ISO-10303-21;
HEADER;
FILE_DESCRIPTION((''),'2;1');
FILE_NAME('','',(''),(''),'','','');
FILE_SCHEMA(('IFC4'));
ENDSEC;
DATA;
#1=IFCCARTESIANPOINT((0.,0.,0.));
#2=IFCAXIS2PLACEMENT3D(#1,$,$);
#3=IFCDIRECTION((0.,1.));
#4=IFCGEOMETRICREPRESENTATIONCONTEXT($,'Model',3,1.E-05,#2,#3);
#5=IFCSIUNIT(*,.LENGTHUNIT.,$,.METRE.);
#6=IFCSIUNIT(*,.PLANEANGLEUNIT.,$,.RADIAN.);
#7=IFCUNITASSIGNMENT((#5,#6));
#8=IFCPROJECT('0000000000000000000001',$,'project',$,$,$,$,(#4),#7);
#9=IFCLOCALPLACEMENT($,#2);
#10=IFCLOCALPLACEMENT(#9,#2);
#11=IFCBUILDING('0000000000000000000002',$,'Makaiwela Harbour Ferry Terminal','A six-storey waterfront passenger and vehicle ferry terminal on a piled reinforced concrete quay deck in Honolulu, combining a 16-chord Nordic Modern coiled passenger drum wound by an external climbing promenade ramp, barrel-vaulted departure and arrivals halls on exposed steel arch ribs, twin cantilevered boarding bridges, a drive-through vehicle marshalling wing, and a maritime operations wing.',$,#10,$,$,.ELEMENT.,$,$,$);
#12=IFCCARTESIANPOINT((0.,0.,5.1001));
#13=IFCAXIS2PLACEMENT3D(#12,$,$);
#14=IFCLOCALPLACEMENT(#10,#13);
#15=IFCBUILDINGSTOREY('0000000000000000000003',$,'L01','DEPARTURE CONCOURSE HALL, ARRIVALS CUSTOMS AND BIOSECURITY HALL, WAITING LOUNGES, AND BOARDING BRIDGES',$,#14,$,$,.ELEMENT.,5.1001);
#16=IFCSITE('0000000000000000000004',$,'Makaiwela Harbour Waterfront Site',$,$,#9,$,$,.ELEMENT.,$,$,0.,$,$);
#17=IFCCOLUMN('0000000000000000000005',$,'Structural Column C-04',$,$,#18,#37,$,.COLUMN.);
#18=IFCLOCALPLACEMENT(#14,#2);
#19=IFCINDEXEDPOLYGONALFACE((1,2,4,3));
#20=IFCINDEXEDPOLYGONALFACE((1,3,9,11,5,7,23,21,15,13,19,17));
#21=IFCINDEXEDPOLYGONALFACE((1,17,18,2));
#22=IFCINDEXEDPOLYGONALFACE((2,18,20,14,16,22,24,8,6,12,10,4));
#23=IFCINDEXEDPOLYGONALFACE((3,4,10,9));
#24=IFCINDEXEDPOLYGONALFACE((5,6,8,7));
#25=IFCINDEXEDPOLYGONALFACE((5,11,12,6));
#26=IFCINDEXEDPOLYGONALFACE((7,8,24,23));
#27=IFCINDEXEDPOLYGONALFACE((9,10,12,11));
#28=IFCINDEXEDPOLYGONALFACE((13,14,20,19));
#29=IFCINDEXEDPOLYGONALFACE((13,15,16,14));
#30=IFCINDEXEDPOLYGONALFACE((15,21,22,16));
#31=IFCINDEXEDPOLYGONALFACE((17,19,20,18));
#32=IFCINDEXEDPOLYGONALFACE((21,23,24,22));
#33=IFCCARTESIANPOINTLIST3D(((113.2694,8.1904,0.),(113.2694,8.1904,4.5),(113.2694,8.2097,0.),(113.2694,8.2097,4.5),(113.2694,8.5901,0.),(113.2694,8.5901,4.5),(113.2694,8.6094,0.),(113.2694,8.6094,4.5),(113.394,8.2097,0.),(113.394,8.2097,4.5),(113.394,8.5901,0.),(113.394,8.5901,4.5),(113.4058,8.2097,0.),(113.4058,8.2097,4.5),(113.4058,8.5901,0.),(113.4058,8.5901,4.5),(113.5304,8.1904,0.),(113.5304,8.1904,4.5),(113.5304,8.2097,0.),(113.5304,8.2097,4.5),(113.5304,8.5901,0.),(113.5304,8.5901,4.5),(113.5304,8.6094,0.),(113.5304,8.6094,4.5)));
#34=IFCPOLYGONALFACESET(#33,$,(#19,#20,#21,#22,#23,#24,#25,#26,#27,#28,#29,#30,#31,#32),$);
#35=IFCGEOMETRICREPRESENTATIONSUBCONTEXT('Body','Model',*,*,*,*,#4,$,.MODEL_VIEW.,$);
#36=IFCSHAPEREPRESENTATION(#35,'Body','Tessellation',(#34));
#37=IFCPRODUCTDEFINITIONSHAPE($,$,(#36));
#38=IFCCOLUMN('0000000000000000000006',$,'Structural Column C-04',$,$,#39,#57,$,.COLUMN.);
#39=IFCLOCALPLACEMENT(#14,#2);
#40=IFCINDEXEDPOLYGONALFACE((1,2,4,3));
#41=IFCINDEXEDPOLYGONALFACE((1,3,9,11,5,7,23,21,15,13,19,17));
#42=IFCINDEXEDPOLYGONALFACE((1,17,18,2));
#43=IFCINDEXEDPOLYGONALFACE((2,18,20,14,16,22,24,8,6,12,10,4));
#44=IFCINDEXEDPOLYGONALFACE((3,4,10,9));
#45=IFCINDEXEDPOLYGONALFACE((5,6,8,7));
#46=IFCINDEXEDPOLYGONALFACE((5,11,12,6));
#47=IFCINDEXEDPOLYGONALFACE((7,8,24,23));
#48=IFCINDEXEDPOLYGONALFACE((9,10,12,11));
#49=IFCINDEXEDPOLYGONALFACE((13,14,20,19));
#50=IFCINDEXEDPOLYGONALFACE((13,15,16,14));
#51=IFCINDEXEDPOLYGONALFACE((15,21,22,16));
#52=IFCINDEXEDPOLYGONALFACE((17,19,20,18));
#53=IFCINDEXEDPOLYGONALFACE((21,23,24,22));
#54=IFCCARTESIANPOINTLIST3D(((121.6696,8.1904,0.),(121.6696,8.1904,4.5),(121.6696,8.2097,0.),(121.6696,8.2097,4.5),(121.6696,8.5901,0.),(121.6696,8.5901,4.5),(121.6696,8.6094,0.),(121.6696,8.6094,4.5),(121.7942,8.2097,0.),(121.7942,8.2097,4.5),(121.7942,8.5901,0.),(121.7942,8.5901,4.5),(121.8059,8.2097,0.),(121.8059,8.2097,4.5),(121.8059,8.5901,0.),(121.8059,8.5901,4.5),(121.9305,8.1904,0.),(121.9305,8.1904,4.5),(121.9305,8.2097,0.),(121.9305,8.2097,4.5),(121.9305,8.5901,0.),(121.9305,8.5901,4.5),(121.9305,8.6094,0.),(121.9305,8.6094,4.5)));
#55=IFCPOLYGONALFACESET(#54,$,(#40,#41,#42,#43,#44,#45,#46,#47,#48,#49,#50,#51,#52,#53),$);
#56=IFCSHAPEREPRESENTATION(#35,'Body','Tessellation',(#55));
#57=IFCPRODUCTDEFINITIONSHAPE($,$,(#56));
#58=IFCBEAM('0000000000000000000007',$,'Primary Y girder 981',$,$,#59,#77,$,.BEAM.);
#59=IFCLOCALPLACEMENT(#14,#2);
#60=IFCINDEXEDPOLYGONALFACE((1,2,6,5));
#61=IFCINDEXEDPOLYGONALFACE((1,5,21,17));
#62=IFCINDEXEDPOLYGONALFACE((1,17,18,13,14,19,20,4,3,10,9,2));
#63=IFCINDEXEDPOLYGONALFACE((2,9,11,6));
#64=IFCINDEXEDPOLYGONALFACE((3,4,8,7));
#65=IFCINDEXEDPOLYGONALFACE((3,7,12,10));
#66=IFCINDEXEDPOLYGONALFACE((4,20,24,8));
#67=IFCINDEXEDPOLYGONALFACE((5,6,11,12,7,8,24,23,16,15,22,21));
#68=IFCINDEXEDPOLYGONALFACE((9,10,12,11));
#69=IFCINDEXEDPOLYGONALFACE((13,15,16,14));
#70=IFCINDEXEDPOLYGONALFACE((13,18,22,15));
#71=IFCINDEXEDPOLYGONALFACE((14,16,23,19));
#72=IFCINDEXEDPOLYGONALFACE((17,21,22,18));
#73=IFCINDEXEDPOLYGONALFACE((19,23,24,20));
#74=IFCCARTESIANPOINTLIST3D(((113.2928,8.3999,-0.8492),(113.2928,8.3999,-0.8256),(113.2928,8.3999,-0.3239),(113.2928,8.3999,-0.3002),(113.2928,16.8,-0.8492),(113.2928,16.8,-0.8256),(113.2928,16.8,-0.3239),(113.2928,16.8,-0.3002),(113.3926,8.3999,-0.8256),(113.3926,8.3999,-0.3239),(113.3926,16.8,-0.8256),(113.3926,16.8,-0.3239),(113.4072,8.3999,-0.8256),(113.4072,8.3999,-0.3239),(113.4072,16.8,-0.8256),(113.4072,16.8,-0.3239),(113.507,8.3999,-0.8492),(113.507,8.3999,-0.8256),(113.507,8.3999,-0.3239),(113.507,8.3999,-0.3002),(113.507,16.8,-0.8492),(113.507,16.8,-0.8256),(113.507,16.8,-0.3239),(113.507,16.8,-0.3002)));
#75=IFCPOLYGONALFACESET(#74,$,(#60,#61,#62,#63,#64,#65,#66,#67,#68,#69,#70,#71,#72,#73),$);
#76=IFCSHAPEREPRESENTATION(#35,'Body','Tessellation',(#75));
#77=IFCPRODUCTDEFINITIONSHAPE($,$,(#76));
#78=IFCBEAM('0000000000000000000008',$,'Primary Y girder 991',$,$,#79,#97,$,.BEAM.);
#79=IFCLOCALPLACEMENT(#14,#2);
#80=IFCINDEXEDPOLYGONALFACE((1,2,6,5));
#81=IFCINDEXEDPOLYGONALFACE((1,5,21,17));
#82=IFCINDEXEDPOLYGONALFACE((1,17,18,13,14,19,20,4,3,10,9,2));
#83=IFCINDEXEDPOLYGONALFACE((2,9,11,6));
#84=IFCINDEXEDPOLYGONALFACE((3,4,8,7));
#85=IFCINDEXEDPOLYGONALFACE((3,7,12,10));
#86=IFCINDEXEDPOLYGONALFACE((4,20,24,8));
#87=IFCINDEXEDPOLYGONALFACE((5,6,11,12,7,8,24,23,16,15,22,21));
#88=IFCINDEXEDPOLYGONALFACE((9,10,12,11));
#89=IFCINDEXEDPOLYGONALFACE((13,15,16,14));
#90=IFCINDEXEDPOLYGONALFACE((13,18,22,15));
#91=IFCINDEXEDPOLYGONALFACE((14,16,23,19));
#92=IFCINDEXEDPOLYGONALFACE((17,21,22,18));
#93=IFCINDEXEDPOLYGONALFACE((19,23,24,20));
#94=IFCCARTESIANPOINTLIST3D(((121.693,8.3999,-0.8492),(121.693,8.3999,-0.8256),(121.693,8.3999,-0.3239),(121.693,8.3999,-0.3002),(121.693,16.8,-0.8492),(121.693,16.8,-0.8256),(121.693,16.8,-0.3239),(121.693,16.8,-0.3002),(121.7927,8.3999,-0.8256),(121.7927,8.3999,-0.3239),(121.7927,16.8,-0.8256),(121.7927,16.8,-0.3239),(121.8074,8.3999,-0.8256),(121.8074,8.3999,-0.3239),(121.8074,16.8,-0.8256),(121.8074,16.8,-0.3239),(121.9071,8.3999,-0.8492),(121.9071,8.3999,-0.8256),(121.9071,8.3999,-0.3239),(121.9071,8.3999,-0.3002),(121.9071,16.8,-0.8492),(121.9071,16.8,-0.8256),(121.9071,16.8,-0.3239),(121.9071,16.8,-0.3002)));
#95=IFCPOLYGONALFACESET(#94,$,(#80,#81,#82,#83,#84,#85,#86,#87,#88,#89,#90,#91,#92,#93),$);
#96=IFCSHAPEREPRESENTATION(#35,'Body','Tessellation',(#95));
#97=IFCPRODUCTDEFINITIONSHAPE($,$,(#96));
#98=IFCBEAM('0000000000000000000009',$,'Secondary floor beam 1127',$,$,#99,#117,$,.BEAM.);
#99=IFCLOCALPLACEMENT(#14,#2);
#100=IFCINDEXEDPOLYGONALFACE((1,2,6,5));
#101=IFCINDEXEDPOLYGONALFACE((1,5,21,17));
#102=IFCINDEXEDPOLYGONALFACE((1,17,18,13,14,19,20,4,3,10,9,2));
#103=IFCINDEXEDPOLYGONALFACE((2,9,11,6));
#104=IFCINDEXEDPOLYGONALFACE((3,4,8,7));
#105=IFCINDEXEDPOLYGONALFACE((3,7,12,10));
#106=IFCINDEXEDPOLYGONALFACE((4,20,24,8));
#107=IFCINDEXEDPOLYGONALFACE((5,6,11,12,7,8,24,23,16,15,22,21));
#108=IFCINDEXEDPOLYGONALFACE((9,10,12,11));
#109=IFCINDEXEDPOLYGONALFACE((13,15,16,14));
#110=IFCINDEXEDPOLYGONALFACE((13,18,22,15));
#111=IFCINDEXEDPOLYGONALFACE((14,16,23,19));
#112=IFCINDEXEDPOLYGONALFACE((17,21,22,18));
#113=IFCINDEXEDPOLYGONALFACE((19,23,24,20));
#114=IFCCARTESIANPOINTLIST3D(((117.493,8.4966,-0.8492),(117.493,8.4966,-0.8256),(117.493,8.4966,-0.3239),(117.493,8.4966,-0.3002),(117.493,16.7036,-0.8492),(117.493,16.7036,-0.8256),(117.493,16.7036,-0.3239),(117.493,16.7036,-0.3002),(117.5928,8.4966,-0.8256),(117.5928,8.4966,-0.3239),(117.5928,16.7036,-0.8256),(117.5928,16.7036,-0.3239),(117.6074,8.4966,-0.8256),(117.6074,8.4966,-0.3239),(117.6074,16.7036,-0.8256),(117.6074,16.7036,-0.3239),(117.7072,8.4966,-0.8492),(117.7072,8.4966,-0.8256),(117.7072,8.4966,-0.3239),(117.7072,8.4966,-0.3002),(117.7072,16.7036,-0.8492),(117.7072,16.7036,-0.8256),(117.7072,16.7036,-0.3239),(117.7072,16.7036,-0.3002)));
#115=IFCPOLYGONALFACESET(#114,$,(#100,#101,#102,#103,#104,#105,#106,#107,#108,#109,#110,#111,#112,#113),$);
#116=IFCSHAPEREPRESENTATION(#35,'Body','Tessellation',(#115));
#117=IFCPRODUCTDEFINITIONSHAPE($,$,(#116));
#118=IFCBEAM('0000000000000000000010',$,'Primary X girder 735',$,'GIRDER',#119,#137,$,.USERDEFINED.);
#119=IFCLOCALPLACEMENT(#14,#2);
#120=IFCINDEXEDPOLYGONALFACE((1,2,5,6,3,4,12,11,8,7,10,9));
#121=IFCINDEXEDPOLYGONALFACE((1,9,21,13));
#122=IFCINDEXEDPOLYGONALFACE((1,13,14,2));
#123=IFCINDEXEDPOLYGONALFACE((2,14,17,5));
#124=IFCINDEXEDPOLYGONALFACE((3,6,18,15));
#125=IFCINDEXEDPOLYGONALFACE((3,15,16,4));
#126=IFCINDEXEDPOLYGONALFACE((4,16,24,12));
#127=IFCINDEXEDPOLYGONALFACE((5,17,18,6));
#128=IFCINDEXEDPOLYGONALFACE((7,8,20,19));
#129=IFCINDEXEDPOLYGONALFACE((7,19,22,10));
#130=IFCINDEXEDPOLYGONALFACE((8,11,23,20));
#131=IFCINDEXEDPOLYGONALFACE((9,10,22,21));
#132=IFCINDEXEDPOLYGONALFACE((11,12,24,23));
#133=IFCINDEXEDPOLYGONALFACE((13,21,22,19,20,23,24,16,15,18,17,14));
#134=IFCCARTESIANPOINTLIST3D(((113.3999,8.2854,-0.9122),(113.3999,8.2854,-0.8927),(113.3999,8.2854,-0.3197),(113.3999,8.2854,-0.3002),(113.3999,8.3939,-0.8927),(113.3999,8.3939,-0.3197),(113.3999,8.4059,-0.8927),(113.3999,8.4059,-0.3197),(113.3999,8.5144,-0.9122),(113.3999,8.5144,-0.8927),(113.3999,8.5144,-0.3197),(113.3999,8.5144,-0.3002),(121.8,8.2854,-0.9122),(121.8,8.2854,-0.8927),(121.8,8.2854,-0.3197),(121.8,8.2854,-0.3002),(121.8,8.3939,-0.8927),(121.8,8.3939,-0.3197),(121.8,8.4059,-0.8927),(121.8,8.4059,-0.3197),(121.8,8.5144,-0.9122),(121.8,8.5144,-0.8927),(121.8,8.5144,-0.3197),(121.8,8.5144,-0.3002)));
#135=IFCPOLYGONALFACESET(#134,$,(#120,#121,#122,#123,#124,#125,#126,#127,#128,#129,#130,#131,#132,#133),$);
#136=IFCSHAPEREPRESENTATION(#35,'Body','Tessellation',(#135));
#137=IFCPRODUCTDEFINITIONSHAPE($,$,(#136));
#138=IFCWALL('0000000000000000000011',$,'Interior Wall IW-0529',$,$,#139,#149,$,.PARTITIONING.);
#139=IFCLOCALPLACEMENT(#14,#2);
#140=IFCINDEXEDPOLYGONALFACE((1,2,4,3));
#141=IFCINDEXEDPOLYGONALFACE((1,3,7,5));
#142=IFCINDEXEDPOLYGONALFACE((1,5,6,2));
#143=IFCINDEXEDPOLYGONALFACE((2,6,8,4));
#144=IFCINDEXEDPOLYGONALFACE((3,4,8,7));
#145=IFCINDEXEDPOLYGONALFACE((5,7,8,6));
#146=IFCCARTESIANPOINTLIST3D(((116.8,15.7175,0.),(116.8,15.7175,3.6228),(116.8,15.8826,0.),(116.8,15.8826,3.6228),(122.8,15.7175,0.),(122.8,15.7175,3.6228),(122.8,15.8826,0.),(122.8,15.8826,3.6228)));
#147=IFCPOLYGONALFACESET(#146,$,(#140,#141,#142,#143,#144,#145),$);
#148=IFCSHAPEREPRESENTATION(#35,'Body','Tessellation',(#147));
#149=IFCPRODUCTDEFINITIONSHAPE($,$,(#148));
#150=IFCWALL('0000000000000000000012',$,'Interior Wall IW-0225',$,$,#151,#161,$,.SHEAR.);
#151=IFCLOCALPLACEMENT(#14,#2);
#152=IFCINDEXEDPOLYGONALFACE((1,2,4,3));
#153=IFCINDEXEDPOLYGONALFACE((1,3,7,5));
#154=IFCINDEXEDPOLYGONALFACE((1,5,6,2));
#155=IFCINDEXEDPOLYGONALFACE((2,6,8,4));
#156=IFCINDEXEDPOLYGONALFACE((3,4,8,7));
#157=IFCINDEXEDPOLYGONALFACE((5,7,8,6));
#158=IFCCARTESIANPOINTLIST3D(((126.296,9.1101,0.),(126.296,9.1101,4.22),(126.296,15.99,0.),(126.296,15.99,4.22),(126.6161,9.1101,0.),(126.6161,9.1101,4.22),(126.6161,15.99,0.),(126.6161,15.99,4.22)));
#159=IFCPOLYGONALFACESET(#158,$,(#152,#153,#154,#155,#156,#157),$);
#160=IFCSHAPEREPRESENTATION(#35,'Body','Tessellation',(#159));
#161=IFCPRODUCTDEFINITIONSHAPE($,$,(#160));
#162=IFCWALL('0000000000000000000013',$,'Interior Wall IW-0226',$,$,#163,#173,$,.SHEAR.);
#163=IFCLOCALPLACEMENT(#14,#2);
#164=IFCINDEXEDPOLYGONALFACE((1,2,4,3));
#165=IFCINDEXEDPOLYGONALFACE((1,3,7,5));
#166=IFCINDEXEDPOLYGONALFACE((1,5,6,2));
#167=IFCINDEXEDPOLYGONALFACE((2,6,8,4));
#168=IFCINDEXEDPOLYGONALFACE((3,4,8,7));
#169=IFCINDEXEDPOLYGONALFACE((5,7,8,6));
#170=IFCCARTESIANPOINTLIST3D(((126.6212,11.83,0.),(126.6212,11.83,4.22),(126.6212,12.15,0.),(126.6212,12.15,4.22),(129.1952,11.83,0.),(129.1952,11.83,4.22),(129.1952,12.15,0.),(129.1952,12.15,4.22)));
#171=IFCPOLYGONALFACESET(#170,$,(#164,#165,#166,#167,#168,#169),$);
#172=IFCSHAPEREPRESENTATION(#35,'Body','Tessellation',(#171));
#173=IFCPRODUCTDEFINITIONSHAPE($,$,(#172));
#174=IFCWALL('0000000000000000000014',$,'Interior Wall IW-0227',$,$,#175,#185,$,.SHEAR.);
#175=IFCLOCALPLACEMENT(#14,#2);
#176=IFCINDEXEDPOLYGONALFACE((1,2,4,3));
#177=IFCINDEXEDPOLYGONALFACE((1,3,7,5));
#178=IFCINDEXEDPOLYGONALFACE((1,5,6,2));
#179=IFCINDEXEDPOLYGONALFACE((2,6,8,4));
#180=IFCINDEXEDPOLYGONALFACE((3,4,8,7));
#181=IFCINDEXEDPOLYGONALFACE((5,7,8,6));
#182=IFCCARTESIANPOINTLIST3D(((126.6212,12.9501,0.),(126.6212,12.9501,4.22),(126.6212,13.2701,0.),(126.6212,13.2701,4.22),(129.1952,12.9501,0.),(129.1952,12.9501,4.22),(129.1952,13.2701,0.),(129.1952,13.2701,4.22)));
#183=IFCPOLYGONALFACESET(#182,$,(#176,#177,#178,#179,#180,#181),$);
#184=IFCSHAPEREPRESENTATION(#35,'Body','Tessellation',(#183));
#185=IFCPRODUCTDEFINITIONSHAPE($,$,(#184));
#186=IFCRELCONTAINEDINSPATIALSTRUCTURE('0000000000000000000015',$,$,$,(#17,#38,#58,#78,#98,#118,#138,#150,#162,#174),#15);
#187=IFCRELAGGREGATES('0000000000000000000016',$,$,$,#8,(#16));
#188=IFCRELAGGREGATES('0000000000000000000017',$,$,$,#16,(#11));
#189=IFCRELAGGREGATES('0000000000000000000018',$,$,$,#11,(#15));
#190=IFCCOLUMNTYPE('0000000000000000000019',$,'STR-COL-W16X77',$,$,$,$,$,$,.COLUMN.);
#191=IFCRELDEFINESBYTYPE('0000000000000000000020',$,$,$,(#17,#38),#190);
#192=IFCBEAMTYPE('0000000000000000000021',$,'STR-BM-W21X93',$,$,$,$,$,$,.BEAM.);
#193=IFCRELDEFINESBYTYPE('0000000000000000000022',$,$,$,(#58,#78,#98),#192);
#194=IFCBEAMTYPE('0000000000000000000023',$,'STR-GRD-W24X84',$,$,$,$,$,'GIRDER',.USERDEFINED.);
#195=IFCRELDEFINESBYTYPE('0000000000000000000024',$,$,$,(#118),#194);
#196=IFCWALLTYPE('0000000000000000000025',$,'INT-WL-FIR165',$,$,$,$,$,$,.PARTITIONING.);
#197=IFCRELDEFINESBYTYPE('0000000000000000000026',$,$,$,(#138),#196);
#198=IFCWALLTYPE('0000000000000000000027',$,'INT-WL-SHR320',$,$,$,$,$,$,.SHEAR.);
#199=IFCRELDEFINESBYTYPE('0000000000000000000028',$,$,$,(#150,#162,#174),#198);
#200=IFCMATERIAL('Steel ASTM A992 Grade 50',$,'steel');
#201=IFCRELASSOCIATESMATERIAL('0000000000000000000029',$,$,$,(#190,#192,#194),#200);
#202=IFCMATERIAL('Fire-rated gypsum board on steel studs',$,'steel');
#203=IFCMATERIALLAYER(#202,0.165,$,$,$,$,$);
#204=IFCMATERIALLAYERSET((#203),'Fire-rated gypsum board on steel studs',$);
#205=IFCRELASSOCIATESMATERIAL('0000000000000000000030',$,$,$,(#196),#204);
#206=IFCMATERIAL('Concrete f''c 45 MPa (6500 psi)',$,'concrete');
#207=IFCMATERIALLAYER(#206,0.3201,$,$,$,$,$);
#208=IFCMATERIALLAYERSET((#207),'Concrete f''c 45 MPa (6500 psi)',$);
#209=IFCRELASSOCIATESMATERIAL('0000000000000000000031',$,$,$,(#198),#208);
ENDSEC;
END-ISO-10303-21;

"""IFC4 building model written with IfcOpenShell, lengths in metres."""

from ifc_helpers import new_model, si_unit, direction, frame, frame_2d, origin, origin_2d, place, context, subcontext, project, spatial, rectangle, i_section, extrude, material, layer, layer_set, material_profile, profile_set, type_object, element, save


model = new_model("IFC4")

# Units and contexts
model_context = context("Model", 3, precision=1e-05, world=origin(), true_north=direction((0.0, 1.0)))
body_context = subcontext(model_context, "Body", "Model", "MODEL_VIEW")
ifc_project = project(units=[si_unit("LENGTHUNIT", "METRE"), si_unit("PLANEANGLEUNIT", "RADIAN")], contexts=[model_context])

# Site, building, storey
site_placement = place(None, origin())
site = spatial("IfcSite", under=ifc_project, at=site_placement, Name="Makaiwela Harbour Waterfront Site", CompositionType="ELEMENT", RefElevation=0.0)
building_placement = place(site_placement, origin())
building = spatial("IfcBuilding", under=site, at=building_placement, Name="Makaiwela Harbour Ferry Terminal", Description="A six-storey waterfront passenger and vehicle ferry terminal on a piled reinforced concrete quay deck in Honolulu, combining a 16-chord Nordic Modern coiled passenger drum wound by an external climbing promenade ramp, barrel-vaulted departure and arrivals halls on exposed steel arch ribs, twin cantilevered boarding bridges, a drive-through vehicle marshalling wing, and a maritime operations wing.", CompositionType="ELEMENT")
storey_placement = place(building_placement, frame((0.0, 0.0, 5.1001)))
storey = spatial("IfcBuildingStorey", under=building, at=storey_placement, Name="L01", Description="DEPARTURE CONCOURSE HALL, ARRIVALS CUSTOMS AND BIOSECURITY HALL, WAITING LOUNGES, AND BOARDING BRIDGES", CompositionType="ELEMENT", Elevation=5.1001)

# Columns
ifc_material_1 = material(Name="Steel ASTM A992 Grade 50", Category="steel")
ifc_material_profile_1 = material_profile(ifc_material_1, i_section(OverallWidth=0.261, OverallDepth=0.4189, WebThickness=0.0117, FlangeThickness=0.0193, at=origin_2d()), Name="W16X77")
ifc_profile_set_1 = profile_set([ifc_material_profile_1], Name="Steel ASTM A992 Grade 50")
column_type = type_object("IfcColumnType", Name="STR-COL-W16X77", PredefinedType="COLUMN", material=ifc_profile_set_1)
for number, where, z_axis, x_axis, name in (
    (1, (113.3999, 8.3999, 0.0), (0.0, 0.0, 1.0), (1.0, 0.0, 0.0), "Structural Column C-04"),
    (2, (121.8, 8.3999, 0.0), (0.0, 0.0, 1.0), (1.0, 0.0, 0.0), "Structural Column C-04"),
):
    element("IfcColumn", number, at=place(storey_placement, frame(where, z_axis=z_axis, x_axis=x_axis)), inside=storey, type_object=column_type, Name=name, PredefinedType="COLUMN", context=body_context, shape_type="SweptSolid", body=[
        extrude(i_section(OverallWidth=0.261, OverallDepth=0.4189, WebThickness=0.0117, FlangeThickness=0.0193, at=origin_2d()), origin(), (0.0, 0.0, 1.0), 4.5),
    ])

# Beams
ifc_material_profile_2 = material_profile(ifc_material_1, i_section(OverallWidth=0.2141, OverallDepth=0.5491, WebThickness=0.0146, FlangeThickness=0.0237, at=origin_2d()), Name="W21X93")
ifc_profile_set_2 = profile_set([ifc_material_profile_2], Name="Steel ASTM A992 Grade 50")
beam_type_1 = type_object("IfcBeamType", Name="STR-BM-W21X93", PredefinedType="BEAM", material=ifc_profile_set_2)
for number, where, z_axis, x_axis, name in (
    (3, (113.3999, 8.3999, -0.5747), (0.0, 1.0, 0.0), (-1.0, 0.0, 0.0), "Primary Y girder 981"),
    (4, (121.8, 8.3999, -0.5747), (0.0, 1.0, 0.0), (-1.0, 0.0, 0.0), "Primary Y girder 991"),
):
    element("IfcBeam", number, at=place(storey_placement, frame(where, z_axis=z_axis, x_axis=x_axis)), inside=storey, type_object=beam_type_1, Name=name, PredefinedType="BEAM", context=body_context, shape_type="SweptSolid", body=[
        extrude(i_section(OverallWidth=0.2141, OverallDepth=0.5491, WebThickness=0.0146, FlangeThickness=0.0237, at=origin_2d()), origin(), (0.0, 0.0, 1.0), 8.4001),
    ])
beam_1_placement = place(storey_placement, frame((117.6001, 8.4966, -0.5747), z_axis=(0.0, 1.0, 0.0), x_axis=(-1.0, 0.0, 0.0)))
element("IfcBeam", 5, at=beam_1_placement, inside=storey, type_object=beam_type_1, Name="Secondary floor beam 1127", PredefinedType="BEAM", context=body_context, shape_type="SweptSolid", body=[
    extrude(i_section(OverallWidth=0.2141, OverallDepth=0.5491, WebThickness=0.0146, FlangeThickness=0.0237, at=origin_2d()), origin(), (0.0, 0.0, 1.0), 8.207),
])
ifc_material_profile_3 = material_profile(ifc_material_1, i_section(OverallWidth=0.229, OverallDepth=0.6121, WebThickness=0.012, FlangeThickness=0.0195, at=origin_2d()), Name="W24X84")
ifc_profile_set_3 = profile_set([ifc_material_profile_3], Name="Steel ASTM A992 Grade 50")
beam_type_2 = type_object("IfcBeamType", Name="STR-GRD-W24X84", ElementType="GIRDER", PredefinedType="USERDEFINED", material=ifc_profile_set_3)
beam_2_placement = place(storey_placement, frame((113.3999, 8.3999, -0.6062), z_axis=(1.0, 0.0, 0.0), x_axis=(0.0, 1.0, 0.0)))
element("IfcBeam", 6, at=beam_2_placement, inside=storey, type_object=beam_type_2, Name="Primary X girder 735", ObjectType="GIRDER", PredefinedType="USERDEFINED", context=body_context, shape_type="SweptSolid", body=[
    extrude(i_section(OverallWidth=0.229, OverallDepth=0.6121, WebThickness=0.012, FlangeThickness=0.0195, at=origin_2d()), origin(), (0.0, 0.0, 1.0), 8.4001),
])

# Walls
ifc_material_2 = material(Name="Fire-rated gypsum board on steel studs", Category="steel")
ifc_layer_1 = layer(ifc_material_2, 0.165)
ifc_layer_set_1 = layer_set([ifc_layer_1], Name="Fire-rated gypsum board on steel studs")
wall_type_1 = type_object("IfcWallType", Name="INT-WL-FIR165", PredefinedType="PARTITIONING", material=ifc_layer_set_1)
wall_1_placement = place(storey_placement, frame((116.8, 15.8, 0.0), z_axis=(0.0, 0.0, 1.0), x_axis=(1.0, 0.0, 0.0)))
element("IfcWall", 7, at=wall_1_placement, inside=storey, type_object=wall_type_1, Name="Interior Wall IW-0529", PredefinedType="PARTITIONING", context=body_context, shape_type="SweptSolid", body=[
    extrude(rectangle(XDim=6.0, YDim=0.165, at=frame_2d((3.0, 0.0))), origin(), (0.0, 0.0, 1.0), 3.6228),
])
ifc_material_3 = material(Name="Concrete f'c 45 MPa (6500 psi)", Category="concrete")
ifc_layer_2 = layer(ifc_material_3, 0.3201)
ifc_layer_set_2 = layer_set([ifc_layer_2], Name="Concrete f'c 45 MPa (6500 psi)")
wall_type_2 = type_object("IfcWallType", Name="INT-WL-SHR320", PredefinedType="SHEAR", material=ifc_layer_set_2)
wall_2_placement = place(storey_placement, frame((126.4561, 9.1101, 0.0), z_axis=(0.0, 0.0, 1.0), x_axis=(0.0, 1.0, 0.0)))
element("IfcWall", 8, at=wall_2_placement, inside=storey, type_object=wall_type_2, Name="Interior Wall IW-0225", PredefinedType="SHEAR", context=body_context, shape_type="SweptSolid", body=[
    extrude(rectangle(XDim=6.8799, YDim=0.3201, at=frame_2d((3.4399, 0.0))), origin(), (0.0, 0.0, 1.0), 4.22),
])
for number, where, z_axis, x_axis, name in (
    (9, (126.6211, 11.99, 0.0), (0.0, 0.0, 1.0), (1.0, 0.0, 0.0), "Interior Wall IW-0226"),
    (10, (126.6211, 13.1101, 0.0), (0.0, 0.0, 1.0), (1.0, 0.0, 0.0), "Interior Wall IW-0227"),
):
    element("IfcWall", number, at=place(storey_placement, frame(where, z_axis=z_axis, x_axis=x_axis)), inside=storey, type_object=wall_type_2, Name=name, PredefinedType="SHEAR", context=body_context, shape_type="SweptSolid", body=[
        extrude(rectangle(XDim=2.574, YDim=0.3201, at=frame_2d((1.2871, 0.0))), origin(), (0.0, 0.0, 1.0), 4.22),
    ])

save(model, "model.ifc")
